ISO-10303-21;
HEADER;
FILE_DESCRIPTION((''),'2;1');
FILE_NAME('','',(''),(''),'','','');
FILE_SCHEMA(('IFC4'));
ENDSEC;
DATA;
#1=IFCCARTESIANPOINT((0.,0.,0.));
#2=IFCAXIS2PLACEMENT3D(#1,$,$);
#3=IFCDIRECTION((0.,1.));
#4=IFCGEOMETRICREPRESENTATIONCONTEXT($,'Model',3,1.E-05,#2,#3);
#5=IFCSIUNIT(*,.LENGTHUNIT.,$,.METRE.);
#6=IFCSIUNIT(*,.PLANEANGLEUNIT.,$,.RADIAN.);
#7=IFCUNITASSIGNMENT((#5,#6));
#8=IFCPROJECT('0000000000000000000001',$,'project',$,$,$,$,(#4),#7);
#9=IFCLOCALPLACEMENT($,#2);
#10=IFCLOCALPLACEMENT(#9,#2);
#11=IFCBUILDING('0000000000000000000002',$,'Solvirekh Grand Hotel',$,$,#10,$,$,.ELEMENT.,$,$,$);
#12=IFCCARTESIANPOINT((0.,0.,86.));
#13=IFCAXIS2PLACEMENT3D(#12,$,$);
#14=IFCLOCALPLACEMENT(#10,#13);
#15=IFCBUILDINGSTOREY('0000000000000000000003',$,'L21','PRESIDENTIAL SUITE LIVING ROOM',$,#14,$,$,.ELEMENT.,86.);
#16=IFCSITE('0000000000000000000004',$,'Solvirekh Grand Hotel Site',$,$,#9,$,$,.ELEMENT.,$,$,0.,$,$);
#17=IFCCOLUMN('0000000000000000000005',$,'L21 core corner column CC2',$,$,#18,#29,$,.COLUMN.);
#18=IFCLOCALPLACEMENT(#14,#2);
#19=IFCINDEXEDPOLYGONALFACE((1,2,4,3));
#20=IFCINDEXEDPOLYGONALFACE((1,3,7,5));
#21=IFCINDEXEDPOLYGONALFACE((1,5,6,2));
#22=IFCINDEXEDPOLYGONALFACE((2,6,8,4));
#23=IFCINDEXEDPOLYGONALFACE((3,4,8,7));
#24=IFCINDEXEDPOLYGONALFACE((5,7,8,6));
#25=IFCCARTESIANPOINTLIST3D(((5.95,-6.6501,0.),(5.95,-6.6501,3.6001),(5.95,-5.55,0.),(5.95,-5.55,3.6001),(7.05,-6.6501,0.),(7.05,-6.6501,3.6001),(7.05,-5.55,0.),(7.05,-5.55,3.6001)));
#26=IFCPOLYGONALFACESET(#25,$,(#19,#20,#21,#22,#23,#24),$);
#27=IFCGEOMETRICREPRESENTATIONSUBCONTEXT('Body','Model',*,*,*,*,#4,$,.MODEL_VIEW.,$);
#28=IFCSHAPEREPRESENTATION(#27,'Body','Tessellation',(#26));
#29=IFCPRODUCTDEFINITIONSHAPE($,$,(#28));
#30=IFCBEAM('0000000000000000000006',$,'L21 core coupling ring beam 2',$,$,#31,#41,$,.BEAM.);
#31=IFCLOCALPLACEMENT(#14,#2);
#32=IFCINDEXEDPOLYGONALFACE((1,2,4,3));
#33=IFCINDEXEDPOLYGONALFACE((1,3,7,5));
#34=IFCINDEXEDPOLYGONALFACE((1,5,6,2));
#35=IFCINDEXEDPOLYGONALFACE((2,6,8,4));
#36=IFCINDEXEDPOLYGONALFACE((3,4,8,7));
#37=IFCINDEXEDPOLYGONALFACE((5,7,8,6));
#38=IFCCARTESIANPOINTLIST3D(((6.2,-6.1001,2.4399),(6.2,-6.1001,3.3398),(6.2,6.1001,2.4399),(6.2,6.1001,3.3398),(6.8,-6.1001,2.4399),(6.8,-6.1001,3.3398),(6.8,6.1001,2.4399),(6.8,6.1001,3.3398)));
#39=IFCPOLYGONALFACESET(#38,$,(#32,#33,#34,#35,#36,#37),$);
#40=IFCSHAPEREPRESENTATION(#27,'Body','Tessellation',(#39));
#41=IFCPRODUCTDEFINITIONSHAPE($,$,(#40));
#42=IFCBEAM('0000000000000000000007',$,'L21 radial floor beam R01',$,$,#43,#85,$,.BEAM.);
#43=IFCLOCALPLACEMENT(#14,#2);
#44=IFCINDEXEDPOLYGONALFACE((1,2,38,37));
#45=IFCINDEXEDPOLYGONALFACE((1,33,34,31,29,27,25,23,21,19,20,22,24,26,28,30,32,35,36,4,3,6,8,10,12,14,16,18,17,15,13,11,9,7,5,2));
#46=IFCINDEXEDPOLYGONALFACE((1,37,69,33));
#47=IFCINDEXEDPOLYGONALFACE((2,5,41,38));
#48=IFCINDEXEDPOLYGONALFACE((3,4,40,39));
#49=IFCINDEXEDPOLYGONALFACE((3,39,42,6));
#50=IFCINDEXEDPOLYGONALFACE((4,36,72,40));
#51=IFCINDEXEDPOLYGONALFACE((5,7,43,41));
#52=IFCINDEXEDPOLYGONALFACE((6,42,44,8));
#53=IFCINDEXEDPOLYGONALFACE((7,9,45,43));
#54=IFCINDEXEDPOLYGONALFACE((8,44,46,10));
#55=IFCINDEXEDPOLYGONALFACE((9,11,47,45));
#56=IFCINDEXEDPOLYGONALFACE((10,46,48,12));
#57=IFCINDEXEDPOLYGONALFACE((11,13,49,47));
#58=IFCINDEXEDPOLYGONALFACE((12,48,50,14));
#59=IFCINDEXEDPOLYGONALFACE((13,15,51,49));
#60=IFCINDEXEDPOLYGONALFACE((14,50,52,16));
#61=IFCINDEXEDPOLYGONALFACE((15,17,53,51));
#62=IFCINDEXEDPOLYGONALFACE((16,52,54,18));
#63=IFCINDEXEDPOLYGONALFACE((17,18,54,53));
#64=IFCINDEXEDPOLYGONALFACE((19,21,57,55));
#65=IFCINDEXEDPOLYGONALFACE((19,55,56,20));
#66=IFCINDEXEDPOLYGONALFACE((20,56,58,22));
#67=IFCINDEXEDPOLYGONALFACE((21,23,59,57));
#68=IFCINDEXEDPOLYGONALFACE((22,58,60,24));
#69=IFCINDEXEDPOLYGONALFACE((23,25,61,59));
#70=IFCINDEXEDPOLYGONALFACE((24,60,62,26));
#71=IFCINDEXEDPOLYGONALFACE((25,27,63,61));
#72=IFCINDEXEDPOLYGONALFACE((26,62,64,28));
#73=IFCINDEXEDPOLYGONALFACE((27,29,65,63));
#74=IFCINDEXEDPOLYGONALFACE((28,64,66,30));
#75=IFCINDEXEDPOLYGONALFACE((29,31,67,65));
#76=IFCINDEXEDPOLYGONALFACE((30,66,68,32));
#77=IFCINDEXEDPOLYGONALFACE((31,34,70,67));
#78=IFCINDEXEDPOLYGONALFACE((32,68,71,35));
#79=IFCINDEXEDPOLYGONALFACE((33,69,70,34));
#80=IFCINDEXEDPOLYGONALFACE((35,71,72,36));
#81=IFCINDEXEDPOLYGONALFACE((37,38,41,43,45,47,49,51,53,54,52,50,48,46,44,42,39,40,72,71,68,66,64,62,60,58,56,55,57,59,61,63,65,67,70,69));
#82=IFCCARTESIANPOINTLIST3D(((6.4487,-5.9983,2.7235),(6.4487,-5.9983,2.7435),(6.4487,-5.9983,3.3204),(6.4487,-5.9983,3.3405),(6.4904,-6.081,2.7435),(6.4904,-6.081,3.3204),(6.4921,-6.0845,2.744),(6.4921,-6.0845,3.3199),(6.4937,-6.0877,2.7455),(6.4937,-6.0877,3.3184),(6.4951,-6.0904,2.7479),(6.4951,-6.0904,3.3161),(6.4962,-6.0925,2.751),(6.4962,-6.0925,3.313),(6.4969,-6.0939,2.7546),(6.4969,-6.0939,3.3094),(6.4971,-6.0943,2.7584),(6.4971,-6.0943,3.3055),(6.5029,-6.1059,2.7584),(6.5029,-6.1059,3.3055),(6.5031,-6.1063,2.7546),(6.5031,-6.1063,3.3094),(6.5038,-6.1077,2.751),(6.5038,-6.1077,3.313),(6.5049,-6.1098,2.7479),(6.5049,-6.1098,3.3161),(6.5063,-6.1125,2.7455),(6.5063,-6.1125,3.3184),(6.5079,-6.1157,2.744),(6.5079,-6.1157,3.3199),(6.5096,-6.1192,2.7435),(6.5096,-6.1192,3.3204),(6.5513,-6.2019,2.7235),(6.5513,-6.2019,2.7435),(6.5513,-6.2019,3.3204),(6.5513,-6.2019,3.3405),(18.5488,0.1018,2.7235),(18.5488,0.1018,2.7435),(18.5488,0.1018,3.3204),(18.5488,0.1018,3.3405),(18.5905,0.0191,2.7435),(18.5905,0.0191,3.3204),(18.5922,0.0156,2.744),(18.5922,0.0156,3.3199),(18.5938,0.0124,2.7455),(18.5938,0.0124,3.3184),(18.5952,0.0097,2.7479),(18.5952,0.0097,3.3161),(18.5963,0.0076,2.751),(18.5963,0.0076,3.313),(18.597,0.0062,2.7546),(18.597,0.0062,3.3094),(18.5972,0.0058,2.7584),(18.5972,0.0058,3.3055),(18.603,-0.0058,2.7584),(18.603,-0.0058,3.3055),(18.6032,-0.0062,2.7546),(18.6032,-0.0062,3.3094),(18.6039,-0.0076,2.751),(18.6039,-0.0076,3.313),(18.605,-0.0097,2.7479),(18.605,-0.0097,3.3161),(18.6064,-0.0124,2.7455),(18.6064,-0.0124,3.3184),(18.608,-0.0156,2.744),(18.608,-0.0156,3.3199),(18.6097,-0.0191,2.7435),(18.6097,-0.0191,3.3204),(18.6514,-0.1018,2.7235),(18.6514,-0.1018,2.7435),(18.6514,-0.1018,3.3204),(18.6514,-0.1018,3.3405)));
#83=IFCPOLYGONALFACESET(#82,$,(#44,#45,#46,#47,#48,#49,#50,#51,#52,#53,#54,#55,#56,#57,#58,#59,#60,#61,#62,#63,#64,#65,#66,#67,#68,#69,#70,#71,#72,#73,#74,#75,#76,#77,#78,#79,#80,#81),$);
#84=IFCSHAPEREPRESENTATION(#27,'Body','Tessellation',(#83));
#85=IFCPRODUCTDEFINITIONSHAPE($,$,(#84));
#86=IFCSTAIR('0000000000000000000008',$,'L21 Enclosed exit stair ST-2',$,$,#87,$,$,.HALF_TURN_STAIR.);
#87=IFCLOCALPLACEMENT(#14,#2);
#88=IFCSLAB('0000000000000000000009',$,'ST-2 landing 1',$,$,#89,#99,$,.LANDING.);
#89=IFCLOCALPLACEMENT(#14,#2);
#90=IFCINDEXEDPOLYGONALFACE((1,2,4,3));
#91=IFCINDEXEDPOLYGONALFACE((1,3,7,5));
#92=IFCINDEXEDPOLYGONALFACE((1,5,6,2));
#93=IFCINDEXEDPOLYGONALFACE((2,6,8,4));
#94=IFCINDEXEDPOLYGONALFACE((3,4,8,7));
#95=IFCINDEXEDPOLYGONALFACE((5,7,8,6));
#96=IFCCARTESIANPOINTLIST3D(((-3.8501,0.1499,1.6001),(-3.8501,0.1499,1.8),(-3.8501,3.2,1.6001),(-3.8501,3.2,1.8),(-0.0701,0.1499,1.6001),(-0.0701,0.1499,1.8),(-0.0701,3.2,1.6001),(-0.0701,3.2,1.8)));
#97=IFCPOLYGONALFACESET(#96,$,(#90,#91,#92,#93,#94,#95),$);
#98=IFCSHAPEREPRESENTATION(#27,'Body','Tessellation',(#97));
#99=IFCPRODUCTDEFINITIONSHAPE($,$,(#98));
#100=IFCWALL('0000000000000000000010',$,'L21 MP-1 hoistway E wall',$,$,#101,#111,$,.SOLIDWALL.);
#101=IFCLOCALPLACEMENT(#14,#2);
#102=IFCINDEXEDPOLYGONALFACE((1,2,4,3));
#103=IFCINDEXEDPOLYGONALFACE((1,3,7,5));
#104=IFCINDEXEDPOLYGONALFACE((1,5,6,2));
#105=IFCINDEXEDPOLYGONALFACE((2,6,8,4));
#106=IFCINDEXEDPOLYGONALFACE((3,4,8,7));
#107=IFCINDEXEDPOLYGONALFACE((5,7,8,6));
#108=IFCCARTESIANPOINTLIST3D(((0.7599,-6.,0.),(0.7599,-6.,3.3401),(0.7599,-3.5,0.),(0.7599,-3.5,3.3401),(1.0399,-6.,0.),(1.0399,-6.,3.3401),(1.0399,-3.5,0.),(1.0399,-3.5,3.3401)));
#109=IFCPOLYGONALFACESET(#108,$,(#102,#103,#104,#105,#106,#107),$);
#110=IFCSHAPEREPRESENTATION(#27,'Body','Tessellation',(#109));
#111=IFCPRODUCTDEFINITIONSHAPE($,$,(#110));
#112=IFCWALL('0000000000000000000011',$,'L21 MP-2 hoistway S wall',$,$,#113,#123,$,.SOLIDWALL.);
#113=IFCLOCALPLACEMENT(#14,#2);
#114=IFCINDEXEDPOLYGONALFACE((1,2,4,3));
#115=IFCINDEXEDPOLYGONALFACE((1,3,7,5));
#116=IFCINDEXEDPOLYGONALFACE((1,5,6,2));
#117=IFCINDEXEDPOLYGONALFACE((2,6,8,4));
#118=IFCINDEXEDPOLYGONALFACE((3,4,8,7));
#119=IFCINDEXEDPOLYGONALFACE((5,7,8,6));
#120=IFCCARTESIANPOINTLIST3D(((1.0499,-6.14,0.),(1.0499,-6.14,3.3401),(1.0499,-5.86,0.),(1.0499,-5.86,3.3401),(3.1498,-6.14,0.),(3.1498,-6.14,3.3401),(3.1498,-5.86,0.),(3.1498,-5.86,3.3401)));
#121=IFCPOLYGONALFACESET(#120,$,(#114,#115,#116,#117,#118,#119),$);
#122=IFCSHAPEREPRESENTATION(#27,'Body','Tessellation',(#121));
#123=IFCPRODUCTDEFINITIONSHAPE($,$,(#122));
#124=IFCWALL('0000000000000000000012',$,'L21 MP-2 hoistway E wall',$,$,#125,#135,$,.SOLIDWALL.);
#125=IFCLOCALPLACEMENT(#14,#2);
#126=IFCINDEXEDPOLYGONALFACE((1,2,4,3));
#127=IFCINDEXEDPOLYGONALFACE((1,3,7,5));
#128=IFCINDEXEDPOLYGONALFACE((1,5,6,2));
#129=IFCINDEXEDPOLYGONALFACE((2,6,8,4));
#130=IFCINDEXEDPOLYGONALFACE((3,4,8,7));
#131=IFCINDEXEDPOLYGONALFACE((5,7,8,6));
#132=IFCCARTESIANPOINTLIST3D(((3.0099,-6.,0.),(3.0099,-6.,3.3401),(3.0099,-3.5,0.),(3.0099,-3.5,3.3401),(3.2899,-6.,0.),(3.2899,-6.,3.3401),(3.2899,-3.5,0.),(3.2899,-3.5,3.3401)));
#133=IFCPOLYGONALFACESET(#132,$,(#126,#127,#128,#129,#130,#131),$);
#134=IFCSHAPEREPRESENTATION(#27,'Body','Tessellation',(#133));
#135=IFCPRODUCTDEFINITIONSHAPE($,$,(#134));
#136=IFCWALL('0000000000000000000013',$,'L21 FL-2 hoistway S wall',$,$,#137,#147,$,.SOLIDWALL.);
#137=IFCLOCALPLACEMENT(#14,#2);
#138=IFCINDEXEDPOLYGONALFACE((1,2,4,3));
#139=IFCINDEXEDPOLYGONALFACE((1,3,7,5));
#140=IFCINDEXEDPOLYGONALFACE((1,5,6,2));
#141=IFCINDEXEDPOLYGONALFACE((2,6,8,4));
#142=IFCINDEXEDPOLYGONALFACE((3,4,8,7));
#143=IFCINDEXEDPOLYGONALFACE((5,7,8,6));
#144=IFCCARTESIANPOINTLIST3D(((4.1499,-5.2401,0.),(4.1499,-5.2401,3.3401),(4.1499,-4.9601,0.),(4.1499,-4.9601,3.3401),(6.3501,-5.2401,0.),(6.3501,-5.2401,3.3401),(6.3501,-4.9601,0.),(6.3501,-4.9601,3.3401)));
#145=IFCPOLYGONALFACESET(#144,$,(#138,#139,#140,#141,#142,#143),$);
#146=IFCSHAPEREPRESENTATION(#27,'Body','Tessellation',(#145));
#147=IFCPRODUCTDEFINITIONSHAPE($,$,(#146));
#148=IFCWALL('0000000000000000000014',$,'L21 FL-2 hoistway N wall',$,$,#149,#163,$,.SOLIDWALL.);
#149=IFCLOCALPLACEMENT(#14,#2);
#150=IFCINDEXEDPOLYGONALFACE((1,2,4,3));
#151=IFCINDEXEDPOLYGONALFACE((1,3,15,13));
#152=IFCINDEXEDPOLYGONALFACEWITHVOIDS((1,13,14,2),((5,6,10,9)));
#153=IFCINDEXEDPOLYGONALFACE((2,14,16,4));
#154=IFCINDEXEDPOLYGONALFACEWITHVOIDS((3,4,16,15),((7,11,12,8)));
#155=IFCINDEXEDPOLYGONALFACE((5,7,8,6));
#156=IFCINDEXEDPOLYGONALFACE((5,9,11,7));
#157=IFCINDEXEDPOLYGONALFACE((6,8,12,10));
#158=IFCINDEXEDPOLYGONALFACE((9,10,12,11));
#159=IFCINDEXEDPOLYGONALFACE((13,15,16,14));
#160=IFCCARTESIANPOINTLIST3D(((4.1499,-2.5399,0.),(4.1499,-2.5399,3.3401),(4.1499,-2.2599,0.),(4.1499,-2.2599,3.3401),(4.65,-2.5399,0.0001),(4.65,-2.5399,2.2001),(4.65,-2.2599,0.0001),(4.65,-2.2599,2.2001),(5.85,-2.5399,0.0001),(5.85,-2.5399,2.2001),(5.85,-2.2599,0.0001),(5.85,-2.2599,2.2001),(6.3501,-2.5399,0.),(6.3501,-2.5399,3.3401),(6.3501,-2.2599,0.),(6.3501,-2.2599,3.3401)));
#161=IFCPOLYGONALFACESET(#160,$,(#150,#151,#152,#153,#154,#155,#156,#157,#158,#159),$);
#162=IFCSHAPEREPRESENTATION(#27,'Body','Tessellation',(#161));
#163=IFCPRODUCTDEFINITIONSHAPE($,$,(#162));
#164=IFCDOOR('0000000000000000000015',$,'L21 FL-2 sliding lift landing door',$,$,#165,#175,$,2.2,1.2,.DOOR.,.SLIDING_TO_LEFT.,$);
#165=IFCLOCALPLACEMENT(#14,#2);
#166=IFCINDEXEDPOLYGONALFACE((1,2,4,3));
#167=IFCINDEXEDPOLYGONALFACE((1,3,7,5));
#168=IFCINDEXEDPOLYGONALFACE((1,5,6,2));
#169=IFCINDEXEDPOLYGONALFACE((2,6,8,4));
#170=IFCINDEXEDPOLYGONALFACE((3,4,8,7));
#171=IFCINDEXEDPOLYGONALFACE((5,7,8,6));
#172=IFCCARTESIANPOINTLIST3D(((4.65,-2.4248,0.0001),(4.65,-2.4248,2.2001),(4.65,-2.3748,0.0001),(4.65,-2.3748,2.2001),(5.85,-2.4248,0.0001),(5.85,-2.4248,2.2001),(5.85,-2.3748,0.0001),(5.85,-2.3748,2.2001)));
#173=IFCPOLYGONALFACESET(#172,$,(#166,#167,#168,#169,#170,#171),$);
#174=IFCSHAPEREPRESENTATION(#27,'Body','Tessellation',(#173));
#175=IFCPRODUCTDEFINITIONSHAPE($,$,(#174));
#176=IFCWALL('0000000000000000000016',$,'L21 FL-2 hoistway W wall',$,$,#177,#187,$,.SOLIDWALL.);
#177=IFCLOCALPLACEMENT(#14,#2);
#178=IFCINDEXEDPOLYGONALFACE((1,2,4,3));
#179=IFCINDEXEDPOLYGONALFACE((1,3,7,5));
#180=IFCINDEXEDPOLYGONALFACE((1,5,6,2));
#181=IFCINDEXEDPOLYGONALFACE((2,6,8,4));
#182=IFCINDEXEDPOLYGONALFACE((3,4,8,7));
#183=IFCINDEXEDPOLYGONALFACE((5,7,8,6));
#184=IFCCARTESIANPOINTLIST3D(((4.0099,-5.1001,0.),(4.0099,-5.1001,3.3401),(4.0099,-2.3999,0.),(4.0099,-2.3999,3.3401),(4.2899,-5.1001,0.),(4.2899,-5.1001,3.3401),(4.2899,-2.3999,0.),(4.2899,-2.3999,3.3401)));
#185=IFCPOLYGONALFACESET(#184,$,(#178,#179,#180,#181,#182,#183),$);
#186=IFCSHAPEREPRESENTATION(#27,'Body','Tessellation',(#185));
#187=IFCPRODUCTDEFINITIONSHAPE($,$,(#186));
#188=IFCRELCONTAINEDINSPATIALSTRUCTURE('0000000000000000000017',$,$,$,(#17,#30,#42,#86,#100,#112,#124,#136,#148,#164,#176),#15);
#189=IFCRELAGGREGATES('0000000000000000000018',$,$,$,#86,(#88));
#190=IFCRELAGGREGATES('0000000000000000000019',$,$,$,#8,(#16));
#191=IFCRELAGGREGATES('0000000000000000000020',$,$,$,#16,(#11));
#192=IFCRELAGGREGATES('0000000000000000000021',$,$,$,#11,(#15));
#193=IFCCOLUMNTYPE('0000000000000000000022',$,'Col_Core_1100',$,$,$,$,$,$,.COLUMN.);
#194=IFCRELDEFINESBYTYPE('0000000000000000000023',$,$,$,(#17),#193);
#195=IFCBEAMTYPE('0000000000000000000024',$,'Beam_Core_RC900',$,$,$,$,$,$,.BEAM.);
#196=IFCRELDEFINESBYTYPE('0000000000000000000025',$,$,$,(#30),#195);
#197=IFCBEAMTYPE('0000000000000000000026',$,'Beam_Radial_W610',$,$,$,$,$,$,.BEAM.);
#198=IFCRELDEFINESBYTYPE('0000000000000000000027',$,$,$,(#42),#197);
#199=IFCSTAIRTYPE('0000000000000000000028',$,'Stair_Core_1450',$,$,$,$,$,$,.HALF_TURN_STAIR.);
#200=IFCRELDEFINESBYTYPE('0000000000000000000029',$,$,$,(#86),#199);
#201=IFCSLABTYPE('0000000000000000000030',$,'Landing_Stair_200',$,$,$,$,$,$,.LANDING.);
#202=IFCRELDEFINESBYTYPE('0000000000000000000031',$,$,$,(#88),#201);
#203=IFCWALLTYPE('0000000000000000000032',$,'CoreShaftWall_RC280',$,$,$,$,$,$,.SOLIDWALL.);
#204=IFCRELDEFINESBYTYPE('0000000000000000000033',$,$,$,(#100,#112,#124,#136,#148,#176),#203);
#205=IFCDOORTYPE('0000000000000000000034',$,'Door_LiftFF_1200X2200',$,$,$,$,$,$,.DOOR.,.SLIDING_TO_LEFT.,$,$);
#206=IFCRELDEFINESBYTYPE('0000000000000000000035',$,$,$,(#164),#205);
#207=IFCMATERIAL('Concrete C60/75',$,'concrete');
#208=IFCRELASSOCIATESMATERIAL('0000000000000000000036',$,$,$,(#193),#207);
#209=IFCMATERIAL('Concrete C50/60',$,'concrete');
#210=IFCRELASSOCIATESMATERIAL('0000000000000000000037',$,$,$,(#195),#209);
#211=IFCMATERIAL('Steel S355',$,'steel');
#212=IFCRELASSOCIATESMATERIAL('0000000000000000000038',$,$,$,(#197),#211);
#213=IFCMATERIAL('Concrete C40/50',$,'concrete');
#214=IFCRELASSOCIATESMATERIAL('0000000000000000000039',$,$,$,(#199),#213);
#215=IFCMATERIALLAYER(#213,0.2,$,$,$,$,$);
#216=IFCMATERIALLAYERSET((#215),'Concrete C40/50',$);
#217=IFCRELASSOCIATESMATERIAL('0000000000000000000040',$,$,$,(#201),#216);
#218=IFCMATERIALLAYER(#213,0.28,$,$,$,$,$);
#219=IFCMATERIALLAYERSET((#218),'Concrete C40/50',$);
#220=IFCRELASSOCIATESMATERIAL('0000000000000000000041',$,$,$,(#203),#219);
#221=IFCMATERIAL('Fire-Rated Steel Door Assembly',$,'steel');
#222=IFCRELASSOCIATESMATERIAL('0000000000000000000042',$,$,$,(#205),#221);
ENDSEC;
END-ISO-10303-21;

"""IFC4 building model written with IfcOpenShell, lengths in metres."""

from ifc_helpers import new_model, si_unit, direction, frame, frame_2d, origin, origin_2d, place, context, subcontext, project, spatial, polyline, rectangle, i_section, outline, extrude, material, layer, layer_set, material_profile, profile_set, type_object, element, fill, aggregate, save


model = new_model("IFC4")

# Units and contexts
model_context = context("Model", 3, precision=1e-05, world=origin(), true_north=direction((0.0, 1.0)))
body_context = subcontext(model_context, "Body", "Model", "MODEL_VIEW")
ifc_project = project(units=[si_unit("LENGTHUNIT", "METRE"), si_unit("PLANEANGLEUNIT", "RADIAN")], contexts=[model_context])

# Site, building, storey
site_placement = place(None, origin())
site = spatial("IfcSite", under=ifc_project, at=site_placement, Name="Solvirekh Grand Hotel Site", CompositionType="ELEMENT", RefElevation=0.0)
building_placement = place(site_placement, origin())
building = spatial("IfcBuilding", under=site, at=building_placement, Name="Solvirekh Grand Hotel", CompositionType="ELEMENT")
storey_placement = place(building_placement, frame((0.0, 0.0, 86.0)))
storey = spatial("IfcBuildingStorey", under=building, at=storey_placement, Name="L21", Description="PRESIDENTIAL SUITE LIVING ROOM", CompositionType="ELEMENT", Elevation=86.0)

# Column
ifc_material_1 = material(Name="Concrete C60/75", Category="concrete")
ifc_material_profile_1 = material_profile(ifc_material_1, rectangle(XDim=1.1001, YDim=1.1001, at=origin_2d()), Name="RC 1100X1100")
ifc_profile_set_1 = profile_set([ifc_material_profile_1], Name="Concrete C60/75")
column_type = type_object("IfcColumnType", Name="Col_Core_1100", PredefinedType="COLUMN", material=ifc_profile_set_1)
column_placement = place(storey_placement, frame((6.5, -6.1001, 0.0), z_axis=(0.0, 0.0, 1.0), x_axis=(1.0, 0.0, 0.0)))
element("IfcColumn", 1, at=column_placement, inside=storey, type_object=column_type, Name="L21 core corner column CC2", PredefinedType="COLUMN", context=body_context, shape_type="SweptSolid", body=[
    extrude(rectangle(XDim=1.1001, YDim=1.1001, at=origin_2d()), origin(), (0.0, 0.0, 1.0), 3.6001),
])

# Beams
ifc_material_2 = material(Name="Concrete C50/60", Category="concrete")
ifc_material_profile_2 = material_profile(ifc_material_2, rectangle(XDim=0.6001, YDim=0.8999, at=origin_2d()), Name="RC BEAM 600X900")
ifc_profile_set_2 = profile_set([ifc_material_profile_2], Name="Concrete C50/60")
beam_type_1 = type_object("IfcBeamType", Name="Beam_Core_RC900", PredefinedType="BEAM", material=ifc_profile_set_2)
beam_1_placement = place(storey_placement, frame((6.5, -6.1001, 2.8899), z_axis=(0.0, 1.0, 0.0), x_axis=(-1.0, 0.0, 0.0)))
element("IfcBeam", 2, at=beam_1_placement, inside=storey, type_object=beam_type_1, Name="L21 core coupling ring beam 2", PredefinedType="BEAM", context=body_context, shape_type="SweptSolid", body=[
    extrude(rectangle(XDim=0.6001, YDim=0.8999, at=origin_2d()), origin(), (0.0, 0.0, 1.0), 12.2002),
])
ifc_material_3 = material(Name="Steel S355", Category="steel")
ifc_material_profile_3 = material_profile(ifc_material_3, i_section(OverallWidth=0.228, OverallDepth=0.6169, WebThickness=0.0129, FlangeThickness=0.02, FilletRadius=0.0149, at=origin_2d()), Name="W610X140")
ifc_profile_set_3 = profile_set([ifc_material_profile_3], Name="Steel S355")
beam_type_2 = type_object("IfcBeamType", Name="Beam_Radial_W610", PredefinedType="BEAM", material=ifc_profile_set_3)
beam_2_placement = place(storey_placement, frame((6.5, -6.1001, 3.032), z_axis=(0.892945, 0.450166, 0.0), x_axis=(-0.450166, 0.892945, 0.0)))
element("IfcBeam", 3, at=beam_2_placement, inside=storey, type_object=beam_type_2, Name="L21 radial floor beam R01", PredefinedType="BEAM", context=body_context, shape_type="SweptSolid", body=[
    extrude(i_section(OverallWidth=0.228, OverallDepth=0.6169, WebThickness=0.0129, FlangeThickness=0.02, FilletRadius=0.0149, at=origin_2d()), origin(), (0.0, 0.0, 1.0), 13.5508),
])

# Stair, slab
ifc_material_4 = material(Name="Concrete C40/50", Category="concrete")
stair_type = type_object("IfcStairType", Name="Stair_Core_1450", PredefinedType="HALF_TURN_STAIR", material=ifc_material_4)
stair_1_placement = place(storey_placement, origin())
stair_1 = element("IfcStair", 4, at=stair_1_placement, inside=storey, type_object=stair_type, Name="L21 Enclosed exit stair ST-2", PredefinedType="HALF_TURN_STAIR")
ifc_layer_1 = layer(ifc_material_4, 0.2)
ifc_layer_set_1 = layer_set([ifc_layer_1], Name="Concrete C40/50")
slab_type = type_object("IfcSlabType", Name="Landing_Stair_200", PredefinedType="LANDING", material=ifc_layer_set_1)
slab_placement = place(storey_placement, frame((0.0, 0.0, 1.6001)))
slab = element("IfcSlab", 5, at=slab_placement, type_object=slab_type, Name="ST-2 landing 1", PredefinedType="LANDING", context=body_context, shape_type="SweptSolid", body=[
    extrude(outline(polyline([(-0.0701, 3.2), (-3.8501, 3.2), (-3.8501, 0.1499), (-0.0701, 0.1499), (-0.0701, 3.2)])), origin(), (0.0, 0.0, 1.0), 0.2),
])
aggregate(stair_1, [slab])

# Walls
ifc_layer_2 = layer(ifc_material_4, 0.28)
ifc_layer_set_2 = layer_set([ifc_layer_2], Name="Concrete C40/50")
wall_type_1 = type_object("IfcWallType", Name="CoreShaftWall_RC280", PredefinedType="SOLIDWALL", material=ifc_layer_set_2)
wall_1_placement = place(storey_placement, frame((0.8999, -6.0, 0.0), z_axis=(0.0, 0.0, 1.0), x_axis=(0.0, 1.0, 0.0)))
element("IfcWall", 6, at=wall_1_placement, inside=storey, type_object=wall_type_1, Name="L21 MP-1 hoistway E wall", PredefinedType="SOLIDWALL", context=body_context, shape_type="SweptSolid", body=[
    extrude(rectangle(XDim=2.5, YDim=0.28, at=frame_2d((1.25, 0.0))), origin(), (0.0, 0.0, 1.0), 3.3401),
])
wall_2_placement = place(storey_placement, frame((1.05, -6.0, 0.0), z_axis=(0.0, 0.0, 1.0), x_axis=(1.0, 0.0, 0.0)))
element("IfcWall", 7, at=wall_2_placement, inside=storey, type_object=wall_type_1, Name="L21 MP-2 hoistway S wall", PredefinedType="SOLIDWALL", context=body_context, shape_type="SweptSolid", body=[
    extrude(rectangle(XDim=2.0999, YDim=0.28, at=frame_2d((1.0498, 0.0))), origin(), (0.0, 0.0, 1.0), 3.3401),
])
wall_3_placement = place(storey_placement, frame((3.1499, -6.0, 0.0), z_axis=(0.0, 0.0, 1.0), x_axis=(0.0, 1.0, 0.0)))
element("IfcWall", 8, at=wall_3_placement, inside=storey, type_object=wall_type_1, Name="L21 MP-2 hoistway E wall", PredefinedType="SOLIDWALL", context=body_context, shape_type="SweptSolid", body=[
    extrude(rectangle(XDim=2.5, YDim=0.28, at=frame_2d((1.25, 0.0))), origin(), (0.0, 0.0, 1.0), 3.3401),
])
wall_4_placement = place(storey_placement, frame((4.1499, -5.1001, 0.0), z_axis=(0.0, 0.0, 1.0), x_axis=(1.0, 0.0, 0.0)))
element("IfcWall", 9, at=wall_4_placement, inside=storey, type_object=wall_type_1, Name="L21 FL-2 hoistway S wall", PredefinedType="SOLIDWALL", context=body_context, shape_type="SweptSolid", body=[
    extrude(rectangle(XDim=2.2002, YDim=0.28, at=frame_2d((1.1001, 0.0))), origin(), (0.0, 0.0, 1.0), 3.3401),
])

# Wall, opening, door
wall_5_placement = place(storey_placement, frame((6.3501, -2.3999, 0.0), z_axis=(0.0, 0.0, 1.0), x_axis=(-1.0, 0.0, 0.0)))
wall_5 = element("IfcWall", 10, at=wall_5_placement, inside=storey, type_object=wall_type_1, Name="L21 FL-2 hoistway N wall", PredefinedType="SOLIDWALL", context=body_context, shape_type="SweptSolid", body=[
    extrude(rectangle(XDim=2.2002, YDim=0.28, at=frame_2d((1.1001, 0.0))), origin(), (0.0, 0.0, 1.0), 3.3401),
])
opening_1_placement = place(wall_5_placement, frame((0.5, 0.0, 0.0)))
opening_1 = element("IfcOpeningElement", 11, at=opening_1_placement, cuts=wall_5, PredefinedType="OPENING", context=body_context, shape_type="SweptSolid", body=[
    extrude(rectangle(XDim=1.2, YDim=2.2, at=frame_2d((0.6001, 1.1001))), frame((0.0, 0.1499, 0.0), z_axis=(0.0, -1.0, 0.0), x_axis=(1.0, 0.0, 0.0)), (0.0, 0.0, 1.0), 0.3),
])
ifc_material_5 = material(Name="Fire-Rated Steel Door Assembly", Category="steel")
door_type_1 = type_object("IfcDoorType", Name="Door_LiftFF_1200X2200", OperationType="SLIDING_TO_LEFT", PredefinedType="DOOR", material=ifc_material_5)
door_1_placement = place(opening_1_placement, origin())
door_1 = element("IfcDoor", 12, at=door_1_placement, inside=storey, type_object=door_type_1, Name="L21 FL-2 sliding lift landing door", OperationType="SLIDING_TO_LEFT", OverallHeight=2.2, OverallWidth=1.2, PredefinedType="DOOR", context=body_context, shape_type="SweptSolid", body=[
    extrude(rectangle(XDim=1.2, YDim=2.2, at=frame_2d((0.6001, 1.1001))), frame((0.0, 0.0249, 0.0), z_axis=(0.0, -1.0, 0.0), x_axis=(1.0, 0.0, 0.0)), (0.0, 0.0, 1.0), 0.05),
])
fill(opening_1, door_1)

# Wall
wall_6_placement = place(storey_placement, frame((4.1499, -2.3999, 0.0), z_axis=(0.0, 0.0, 1.0), x_axis=(0.0, -1.0, 0.0)))
element("IfcWall", 13, at=wall_6_placement, inside=storey, type_object=wall_type_1, Name="L21 FL-2 hoistway W wall", PredefinedType="SOLIDWALL", context=body_context, shape_type="SweptSolid", body=[
    extrude(rectangle(XDim=2.7002, YDim=0.28, at=frame_2d((1.3501, 0.0))), origin(), (0.0, 0.0, 1.0), 3.3401),
])

save(model, "model.ifc")
